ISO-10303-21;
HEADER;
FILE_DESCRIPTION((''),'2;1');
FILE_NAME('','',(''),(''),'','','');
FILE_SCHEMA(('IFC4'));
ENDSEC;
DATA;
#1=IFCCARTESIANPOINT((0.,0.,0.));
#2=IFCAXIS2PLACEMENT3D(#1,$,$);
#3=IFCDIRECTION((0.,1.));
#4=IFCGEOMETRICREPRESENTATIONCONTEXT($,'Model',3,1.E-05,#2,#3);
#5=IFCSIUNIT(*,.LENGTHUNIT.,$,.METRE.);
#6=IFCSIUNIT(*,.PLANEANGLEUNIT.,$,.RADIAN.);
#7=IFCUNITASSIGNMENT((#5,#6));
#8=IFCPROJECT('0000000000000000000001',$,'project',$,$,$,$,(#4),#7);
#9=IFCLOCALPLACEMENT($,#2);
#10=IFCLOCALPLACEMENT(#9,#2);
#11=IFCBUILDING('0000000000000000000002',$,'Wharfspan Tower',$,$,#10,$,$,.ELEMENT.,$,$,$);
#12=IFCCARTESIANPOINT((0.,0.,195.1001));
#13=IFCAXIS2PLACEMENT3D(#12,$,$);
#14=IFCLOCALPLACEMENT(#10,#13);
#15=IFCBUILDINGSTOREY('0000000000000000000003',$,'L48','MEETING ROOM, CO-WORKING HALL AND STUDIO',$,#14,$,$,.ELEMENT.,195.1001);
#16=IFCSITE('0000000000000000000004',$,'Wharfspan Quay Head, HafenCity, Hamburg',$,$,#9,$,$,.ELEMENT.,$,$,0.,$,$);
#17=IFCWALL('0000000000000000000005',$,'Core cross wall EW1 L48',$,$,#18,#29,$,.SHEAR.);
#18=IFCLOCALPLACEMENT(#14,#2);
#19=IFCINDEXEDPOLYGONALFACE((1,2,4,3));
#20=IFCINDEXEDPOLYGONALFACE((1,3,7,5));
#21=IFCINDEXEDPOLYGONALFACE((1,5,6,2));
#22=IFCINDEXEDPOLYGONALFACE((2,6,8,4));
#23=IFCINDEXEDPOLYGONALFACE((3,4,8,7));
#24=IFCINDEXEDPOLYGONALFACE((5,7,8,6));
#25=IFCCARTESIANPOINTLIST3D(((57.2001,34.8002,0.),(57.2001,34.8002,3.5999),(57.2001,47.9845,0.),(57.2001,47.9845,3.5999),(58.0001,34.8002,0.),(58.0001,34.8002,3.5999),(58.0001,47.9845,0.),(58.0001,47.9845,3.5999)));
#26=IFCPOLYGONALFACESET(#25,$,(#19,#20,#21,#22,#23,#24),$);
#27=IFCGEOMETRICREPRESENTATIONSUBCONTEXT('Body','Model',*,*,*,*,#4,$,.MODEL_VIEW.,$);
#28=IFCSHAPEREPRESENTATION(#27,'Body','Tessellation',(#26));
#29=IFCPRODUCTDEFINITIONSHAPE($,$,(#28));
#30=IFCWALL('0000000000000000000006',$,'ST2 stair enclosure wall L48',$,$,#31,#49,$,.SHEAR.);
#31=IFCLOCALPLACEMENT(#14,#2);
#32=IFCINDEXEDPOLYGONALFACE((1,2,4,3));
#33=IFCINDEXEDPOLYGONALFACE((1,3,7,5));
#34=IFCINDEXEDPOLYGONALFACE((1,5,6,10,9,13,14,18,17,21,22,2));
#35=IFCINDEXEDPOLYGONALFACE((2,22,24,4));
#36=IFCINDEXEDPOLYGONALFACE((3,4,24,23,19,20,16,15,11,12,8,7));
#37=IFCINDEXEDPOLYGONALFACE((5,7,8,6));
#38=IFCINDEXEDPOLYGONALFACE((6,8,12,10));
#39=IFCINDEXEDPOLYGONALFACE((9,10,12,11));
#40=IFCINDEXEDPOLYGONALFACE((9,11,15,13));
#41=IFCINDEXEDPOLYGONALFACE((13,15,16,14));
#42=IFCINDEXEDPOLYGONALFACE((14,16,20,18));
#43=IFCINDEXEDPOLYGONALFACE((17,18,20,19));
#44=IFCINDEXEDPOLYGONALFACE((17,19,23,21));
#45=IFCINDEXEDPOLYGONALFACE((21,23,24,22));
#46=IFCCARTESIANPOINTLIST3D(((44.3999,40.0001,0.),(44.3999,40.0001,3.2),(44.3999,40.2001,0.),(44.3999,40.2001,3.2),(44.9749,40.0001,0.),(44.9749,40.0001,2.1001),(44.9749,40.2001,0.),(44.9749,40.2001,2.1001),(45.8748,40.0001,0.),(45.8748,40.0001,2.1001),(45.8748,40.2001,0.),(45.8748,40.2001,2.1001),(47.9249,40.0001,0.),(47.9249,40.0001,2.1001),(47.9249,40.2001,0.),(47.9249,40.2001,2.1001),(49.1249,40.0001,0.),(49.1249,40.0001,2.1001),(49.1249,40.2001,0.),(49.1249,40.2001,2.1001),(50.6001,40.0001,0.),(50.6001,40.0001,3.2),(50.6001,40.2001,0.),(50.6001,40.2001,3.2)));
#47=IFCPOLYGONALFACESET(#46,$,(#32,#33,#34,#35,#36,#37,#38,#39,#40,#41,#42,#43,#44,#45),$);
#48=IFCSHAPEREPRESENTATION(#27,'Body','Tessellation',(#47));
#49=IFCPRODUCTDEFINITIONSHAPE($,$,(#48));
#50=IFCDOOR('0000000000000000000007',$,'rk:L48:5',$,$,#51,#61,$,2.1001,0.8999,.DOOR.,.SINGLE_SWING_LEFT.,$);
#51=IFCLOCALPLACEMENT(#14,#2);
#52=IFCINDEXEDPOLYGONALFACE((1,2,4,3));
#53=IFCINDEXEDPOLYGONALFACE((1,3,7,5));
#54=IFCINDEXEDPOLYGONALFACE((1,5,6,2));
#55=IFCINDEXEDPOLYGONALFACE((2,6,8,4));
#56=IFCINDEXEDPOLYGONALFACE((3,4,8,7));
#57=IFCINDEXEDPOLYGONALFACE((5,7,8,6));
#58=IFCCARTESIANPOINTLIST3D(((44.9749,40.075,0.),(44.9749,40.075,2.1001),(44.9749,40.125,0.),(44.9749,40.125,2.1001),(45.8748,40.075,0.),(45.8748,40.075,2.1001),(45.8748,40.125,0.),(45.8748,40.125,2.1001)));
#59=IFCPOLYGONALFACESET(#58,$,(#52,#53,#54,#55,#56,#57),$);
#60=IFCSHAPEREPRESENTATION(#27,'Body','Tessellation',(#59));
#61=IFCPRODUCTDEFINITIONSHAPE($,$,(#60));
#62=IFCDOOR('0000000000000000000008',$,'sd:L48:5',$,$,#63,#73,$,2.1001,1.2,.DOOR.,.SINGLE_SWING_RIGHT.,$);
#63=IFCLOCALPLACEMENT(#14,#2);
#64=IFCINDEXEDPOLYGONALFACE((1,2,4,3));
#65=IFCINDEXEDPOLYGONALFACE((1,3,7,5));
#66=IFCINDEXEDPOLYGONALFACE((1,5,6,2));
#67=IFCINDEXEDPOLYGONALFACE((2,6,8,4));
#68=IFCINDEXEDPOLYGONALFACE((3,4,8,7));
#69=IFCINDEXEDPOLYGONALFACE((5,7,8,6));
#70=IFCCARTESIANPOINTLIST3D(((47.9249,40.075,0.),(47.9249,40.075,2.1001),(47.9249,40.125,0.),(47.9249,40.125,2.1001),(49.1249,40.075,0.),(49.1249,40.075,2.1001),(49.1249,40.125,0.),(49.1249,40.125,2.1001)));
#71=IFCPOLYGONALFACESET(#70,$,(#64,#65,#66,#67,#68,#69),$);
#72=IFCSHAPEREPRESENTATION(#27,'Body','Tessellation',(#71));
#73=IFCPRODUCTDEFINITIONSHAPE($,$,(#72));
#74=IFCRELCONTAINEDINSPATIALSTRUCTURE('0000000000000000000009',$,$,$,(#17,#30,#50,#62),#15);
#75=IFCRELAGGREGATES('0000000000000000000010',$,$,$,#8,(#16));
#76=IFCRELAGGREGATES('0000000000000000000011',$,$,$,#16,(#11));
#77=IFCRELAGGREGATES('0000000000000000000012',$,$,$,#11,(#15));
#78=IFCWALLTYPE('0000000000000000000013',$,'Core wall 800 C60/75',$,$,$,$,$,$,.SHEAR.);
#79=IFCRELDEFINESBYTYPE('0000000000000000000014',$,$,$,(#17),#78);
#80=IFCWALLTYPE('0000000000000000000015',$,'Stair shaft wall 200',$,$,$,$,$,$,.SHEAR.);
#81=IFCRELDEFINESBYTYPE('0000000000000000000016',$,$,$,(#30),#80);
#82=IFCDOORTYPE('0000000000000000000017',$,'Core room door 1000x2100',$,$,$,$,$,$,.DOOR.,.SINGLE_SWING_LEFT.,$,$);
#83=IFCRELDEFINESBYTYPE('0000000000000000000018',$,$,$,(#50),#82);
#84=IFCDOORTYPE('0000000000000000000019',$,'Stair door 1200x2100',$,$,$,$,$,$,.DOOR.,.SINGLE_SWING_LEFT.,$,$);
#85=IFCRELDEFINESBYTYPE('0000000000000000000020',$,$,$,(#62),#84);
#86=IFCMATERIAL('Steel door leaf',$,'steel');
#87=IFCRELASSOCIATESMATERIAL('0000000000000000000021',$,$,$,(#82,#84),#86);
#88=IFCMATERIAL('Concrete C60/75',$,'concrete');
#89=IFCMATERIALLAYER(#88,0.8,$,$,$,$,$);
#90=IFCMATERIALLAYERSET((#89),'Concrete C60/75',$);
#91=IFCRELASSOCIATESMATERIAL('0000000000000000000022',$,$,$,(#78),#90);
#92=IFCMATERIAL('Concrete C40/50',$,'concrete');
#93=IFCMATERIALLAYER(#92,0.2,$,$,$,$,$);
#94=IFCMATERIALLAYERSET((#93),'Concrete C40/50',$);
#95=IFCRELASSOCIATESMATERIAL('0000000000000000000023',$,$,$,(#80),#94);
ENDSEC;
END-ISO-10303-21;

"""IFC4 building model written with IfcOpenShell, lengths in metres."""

from ifc_helpers import new_model, si_unit, direction, frame, frame_2d, origin, place, context, subcontext, project, spatial, rectangle, extrude, material, layer, layer_set, type_object, element, fill, save


model = new_model("IFC4")

# Units and contexts
model_context = context("Model", 3, precision=1e-05, world=origin(), true_north=direction((0.0, 1.0)))
body_context = subcontext(model_context, "Body", "Model", "MODEL_VIEW")
ifc_project = project(units=[si_unit("LENGTHUNIT", "METRE"), si_unit("PLANEANGLEUNIT", "RADIAN")], contexts=[model_context])

# Site, building, storey
site_placement = place(None, origin())
site = spatial("IfcSite", under=ifc_project, at=site_placement, Name="Wharfspan Quay Head, HafenCity, Hamburg", CompositionType="ELEMENT", RefElevation=0.0)
building_placement = place(site_placement, origin())
building = spatial("IfcBuilding", under=site, at=building_placement, Name="Wharfspan Tower", CompositionType="ELEMENT")
storey_placement = place(building_placement, frame((0.0, 0.0, 195.1001)))
storey = spatial("IfcBuildingStorey", under=building, at=storey_placement, Name="L48", Description="MEETING ROOM, CO-WORKING HALL AND STUDIO", CompositionType="ELEMENT", Elevation=195.1001)

# Shared definitions
ifc_material_1 = material(Name="Steel door leaf", Category="steel")
door_type_1 = type_object("IfcDoorType", Name="Core room door 1000x2100", OperationType="SINGLE_SWING_LEFT", PredefinedType="DOOR", material=ifc_material_1)
ifc_material_2 = material(Name="Concrete C60/75", Category="concrete")
ifc_layer_1 = layer(ifc_material_2, 0.8)
ifc_layer_set_1 = layer_set([ifc_layer_1], Name="Concrete C60/75")
wall_type_1 = type_object("IfcWallType", Name="Core wall 800 C60/75", PredefinedType="SHEAR", material=ifc_layer_set_1)

# Wall
wall_1_placement = place(storey_placement, frame((57.6001, 34.8, 0.0), z_axis=(0.0, 0.0, 1.0), x_axis=(0.0, 1.0, 0.0)))
element("IfcWall", 1, at=wall_1_placement, inside=storey, type_object=wall_type_1, Name="Core cross wall EW1 L48", PredefinedType="SHEAR", context=body_context, shape_type="SweptSolid", body=[
    extrude(rectangle(XDim=13.1843, YDim=0.8, at=frame_2d((6.5923, 0.0))), origin(), (0.0, 0.0, 1.0), 3.5999),
])

# Wall, openings, doors
ifc_material_3 = material(Name="Concrete C40/50", Category="concrete")
ifc_layer_2 = layer(ifc_material_3, 0.2)
ifc_layer_set_2 = layer_set([ifc_layer_2], Name="Concrete C40/50")
wall_type_2 = type_object("IfcWallType", Name="Stair shaft wall 200", PredefinedType="SHEAR", material=ifc_layer_set_2)
wall_2_placement = place(storey_placement, frame((44.3999, 40.1001, 0.0), z_axis=(0.0, 0.0, 1.0), x_axis=(1.0, 0.0, 0.0)))
wall_2 = element("IfcWall", 2, at=wall_2_placement, inside=storey, type_object=wall_type_2, Name="ST2 stair enclosure wall L48", PredefinedType="SHEAR", context=body_context, shape_type="SweptSolid", body=[
    extrude(rectangle(XDim=6.2002, YDim=0.2, at=frame_2d((3.1001, 0.0))), origin(), (0.0, 0.0, 1.0), 3.2),
])
opening_1_placement = place(wall_2_placement, frame((3.5249, 0.0, 0.0)))
opening_1 = element("IfcOpeningElement", 3, at=opening_1_placement, cuts=wall_2, PredefinedType="OPENING", context=body_context, shape_type="SweptSolid", body=[
    extrude(rectangle(XDim=1.2, YDim=2.1001, at=frame_2d((0.6001, 1.05))), frame((0.0, 0.1099, 0.0), z_axis=(0.0, -1.0, 0.0), x_axis=(1.0, 0.0, 0.0)), (0.0, 0.0, 1.0), 0.22),
])
opening_2_placement = place(wall_2_placement, frame((0.575, 0.0, 0.0)))
opening_2 = element("IfcOpeningElement", 4, at=opening_2_placement, cuts=wall_2, PredefinedType="OPENING", context=body_context, shape_type="SweptSolid", body=[
    extrude(rectangle(XDim=0.8999, YDim=2.1001, at=frame_2d((0.45, 1.05))), frame((0.0, 0.1099, 0.0), z_axis=(0.0, -1.0, 0.0), x_axis=(1.0, 0.0, 0.0)), (0.0, 0.0, 1.0), 0.22),
])
door_1_placement = place(opening_2_placement, origin())
door_1 = element("IfcDoor", 5, at=door_1_placement, inside=storey, type_object=door_type_1, Name="rk:L48:5", OperationType="SINGLE_SWING_LEFT", OverallHeight=2.1001, OverallWidth=0.8999, PredefinedType="DOOR", context=body_context, shape_type="SweptSolid", body=[
    extrude(rectangle(XDim=0.8999, YDim=2.1001, at=frame_2d((0.45, 1.05))), frame((0.0, 0.0249, 0.0), z_axis=(0.0, -1.0, 0.0), x_axis=(1.0, 0.0, 0.0)), (0.0, 0.0, 1.0), 0.05),
])
fill(opening_2, door_1)
door_type_2 = type_object("IfcDoorType", Name="Stair door 1200x2100", OperationType="SINGLE_SWING_LEFT", PredefinedType="DOOR", material=ifc_material_1)
door_2_placement = place(opening_1_placement, origin())
door_2 = element("IfcDoor", 6, at=door_2_placement, inside=storey, type_object=door_type_2, Name="sd:L48:5", OperationType="SINGLE_SWING_RIGHT", OverallHeight=2.1001, OverallWidth=1.2, PredefinedType="DOOR", context=body_context, shape_type="SweptSolid", body=[
    extrude(rectangle(XDim=1.2, YDim=2.1001, at=frame_2d((0.6001, 1.05))), frame((0.0, 0.0249, 0.0), z_axis=(0.0, -1.0, 0.0), x_axis=(1.0, 0.0, 0.0)), (0.0, 0.0, 1.0), 0.05),
])
fill(opening_1, door_2)

save(model, "model.ifc")
